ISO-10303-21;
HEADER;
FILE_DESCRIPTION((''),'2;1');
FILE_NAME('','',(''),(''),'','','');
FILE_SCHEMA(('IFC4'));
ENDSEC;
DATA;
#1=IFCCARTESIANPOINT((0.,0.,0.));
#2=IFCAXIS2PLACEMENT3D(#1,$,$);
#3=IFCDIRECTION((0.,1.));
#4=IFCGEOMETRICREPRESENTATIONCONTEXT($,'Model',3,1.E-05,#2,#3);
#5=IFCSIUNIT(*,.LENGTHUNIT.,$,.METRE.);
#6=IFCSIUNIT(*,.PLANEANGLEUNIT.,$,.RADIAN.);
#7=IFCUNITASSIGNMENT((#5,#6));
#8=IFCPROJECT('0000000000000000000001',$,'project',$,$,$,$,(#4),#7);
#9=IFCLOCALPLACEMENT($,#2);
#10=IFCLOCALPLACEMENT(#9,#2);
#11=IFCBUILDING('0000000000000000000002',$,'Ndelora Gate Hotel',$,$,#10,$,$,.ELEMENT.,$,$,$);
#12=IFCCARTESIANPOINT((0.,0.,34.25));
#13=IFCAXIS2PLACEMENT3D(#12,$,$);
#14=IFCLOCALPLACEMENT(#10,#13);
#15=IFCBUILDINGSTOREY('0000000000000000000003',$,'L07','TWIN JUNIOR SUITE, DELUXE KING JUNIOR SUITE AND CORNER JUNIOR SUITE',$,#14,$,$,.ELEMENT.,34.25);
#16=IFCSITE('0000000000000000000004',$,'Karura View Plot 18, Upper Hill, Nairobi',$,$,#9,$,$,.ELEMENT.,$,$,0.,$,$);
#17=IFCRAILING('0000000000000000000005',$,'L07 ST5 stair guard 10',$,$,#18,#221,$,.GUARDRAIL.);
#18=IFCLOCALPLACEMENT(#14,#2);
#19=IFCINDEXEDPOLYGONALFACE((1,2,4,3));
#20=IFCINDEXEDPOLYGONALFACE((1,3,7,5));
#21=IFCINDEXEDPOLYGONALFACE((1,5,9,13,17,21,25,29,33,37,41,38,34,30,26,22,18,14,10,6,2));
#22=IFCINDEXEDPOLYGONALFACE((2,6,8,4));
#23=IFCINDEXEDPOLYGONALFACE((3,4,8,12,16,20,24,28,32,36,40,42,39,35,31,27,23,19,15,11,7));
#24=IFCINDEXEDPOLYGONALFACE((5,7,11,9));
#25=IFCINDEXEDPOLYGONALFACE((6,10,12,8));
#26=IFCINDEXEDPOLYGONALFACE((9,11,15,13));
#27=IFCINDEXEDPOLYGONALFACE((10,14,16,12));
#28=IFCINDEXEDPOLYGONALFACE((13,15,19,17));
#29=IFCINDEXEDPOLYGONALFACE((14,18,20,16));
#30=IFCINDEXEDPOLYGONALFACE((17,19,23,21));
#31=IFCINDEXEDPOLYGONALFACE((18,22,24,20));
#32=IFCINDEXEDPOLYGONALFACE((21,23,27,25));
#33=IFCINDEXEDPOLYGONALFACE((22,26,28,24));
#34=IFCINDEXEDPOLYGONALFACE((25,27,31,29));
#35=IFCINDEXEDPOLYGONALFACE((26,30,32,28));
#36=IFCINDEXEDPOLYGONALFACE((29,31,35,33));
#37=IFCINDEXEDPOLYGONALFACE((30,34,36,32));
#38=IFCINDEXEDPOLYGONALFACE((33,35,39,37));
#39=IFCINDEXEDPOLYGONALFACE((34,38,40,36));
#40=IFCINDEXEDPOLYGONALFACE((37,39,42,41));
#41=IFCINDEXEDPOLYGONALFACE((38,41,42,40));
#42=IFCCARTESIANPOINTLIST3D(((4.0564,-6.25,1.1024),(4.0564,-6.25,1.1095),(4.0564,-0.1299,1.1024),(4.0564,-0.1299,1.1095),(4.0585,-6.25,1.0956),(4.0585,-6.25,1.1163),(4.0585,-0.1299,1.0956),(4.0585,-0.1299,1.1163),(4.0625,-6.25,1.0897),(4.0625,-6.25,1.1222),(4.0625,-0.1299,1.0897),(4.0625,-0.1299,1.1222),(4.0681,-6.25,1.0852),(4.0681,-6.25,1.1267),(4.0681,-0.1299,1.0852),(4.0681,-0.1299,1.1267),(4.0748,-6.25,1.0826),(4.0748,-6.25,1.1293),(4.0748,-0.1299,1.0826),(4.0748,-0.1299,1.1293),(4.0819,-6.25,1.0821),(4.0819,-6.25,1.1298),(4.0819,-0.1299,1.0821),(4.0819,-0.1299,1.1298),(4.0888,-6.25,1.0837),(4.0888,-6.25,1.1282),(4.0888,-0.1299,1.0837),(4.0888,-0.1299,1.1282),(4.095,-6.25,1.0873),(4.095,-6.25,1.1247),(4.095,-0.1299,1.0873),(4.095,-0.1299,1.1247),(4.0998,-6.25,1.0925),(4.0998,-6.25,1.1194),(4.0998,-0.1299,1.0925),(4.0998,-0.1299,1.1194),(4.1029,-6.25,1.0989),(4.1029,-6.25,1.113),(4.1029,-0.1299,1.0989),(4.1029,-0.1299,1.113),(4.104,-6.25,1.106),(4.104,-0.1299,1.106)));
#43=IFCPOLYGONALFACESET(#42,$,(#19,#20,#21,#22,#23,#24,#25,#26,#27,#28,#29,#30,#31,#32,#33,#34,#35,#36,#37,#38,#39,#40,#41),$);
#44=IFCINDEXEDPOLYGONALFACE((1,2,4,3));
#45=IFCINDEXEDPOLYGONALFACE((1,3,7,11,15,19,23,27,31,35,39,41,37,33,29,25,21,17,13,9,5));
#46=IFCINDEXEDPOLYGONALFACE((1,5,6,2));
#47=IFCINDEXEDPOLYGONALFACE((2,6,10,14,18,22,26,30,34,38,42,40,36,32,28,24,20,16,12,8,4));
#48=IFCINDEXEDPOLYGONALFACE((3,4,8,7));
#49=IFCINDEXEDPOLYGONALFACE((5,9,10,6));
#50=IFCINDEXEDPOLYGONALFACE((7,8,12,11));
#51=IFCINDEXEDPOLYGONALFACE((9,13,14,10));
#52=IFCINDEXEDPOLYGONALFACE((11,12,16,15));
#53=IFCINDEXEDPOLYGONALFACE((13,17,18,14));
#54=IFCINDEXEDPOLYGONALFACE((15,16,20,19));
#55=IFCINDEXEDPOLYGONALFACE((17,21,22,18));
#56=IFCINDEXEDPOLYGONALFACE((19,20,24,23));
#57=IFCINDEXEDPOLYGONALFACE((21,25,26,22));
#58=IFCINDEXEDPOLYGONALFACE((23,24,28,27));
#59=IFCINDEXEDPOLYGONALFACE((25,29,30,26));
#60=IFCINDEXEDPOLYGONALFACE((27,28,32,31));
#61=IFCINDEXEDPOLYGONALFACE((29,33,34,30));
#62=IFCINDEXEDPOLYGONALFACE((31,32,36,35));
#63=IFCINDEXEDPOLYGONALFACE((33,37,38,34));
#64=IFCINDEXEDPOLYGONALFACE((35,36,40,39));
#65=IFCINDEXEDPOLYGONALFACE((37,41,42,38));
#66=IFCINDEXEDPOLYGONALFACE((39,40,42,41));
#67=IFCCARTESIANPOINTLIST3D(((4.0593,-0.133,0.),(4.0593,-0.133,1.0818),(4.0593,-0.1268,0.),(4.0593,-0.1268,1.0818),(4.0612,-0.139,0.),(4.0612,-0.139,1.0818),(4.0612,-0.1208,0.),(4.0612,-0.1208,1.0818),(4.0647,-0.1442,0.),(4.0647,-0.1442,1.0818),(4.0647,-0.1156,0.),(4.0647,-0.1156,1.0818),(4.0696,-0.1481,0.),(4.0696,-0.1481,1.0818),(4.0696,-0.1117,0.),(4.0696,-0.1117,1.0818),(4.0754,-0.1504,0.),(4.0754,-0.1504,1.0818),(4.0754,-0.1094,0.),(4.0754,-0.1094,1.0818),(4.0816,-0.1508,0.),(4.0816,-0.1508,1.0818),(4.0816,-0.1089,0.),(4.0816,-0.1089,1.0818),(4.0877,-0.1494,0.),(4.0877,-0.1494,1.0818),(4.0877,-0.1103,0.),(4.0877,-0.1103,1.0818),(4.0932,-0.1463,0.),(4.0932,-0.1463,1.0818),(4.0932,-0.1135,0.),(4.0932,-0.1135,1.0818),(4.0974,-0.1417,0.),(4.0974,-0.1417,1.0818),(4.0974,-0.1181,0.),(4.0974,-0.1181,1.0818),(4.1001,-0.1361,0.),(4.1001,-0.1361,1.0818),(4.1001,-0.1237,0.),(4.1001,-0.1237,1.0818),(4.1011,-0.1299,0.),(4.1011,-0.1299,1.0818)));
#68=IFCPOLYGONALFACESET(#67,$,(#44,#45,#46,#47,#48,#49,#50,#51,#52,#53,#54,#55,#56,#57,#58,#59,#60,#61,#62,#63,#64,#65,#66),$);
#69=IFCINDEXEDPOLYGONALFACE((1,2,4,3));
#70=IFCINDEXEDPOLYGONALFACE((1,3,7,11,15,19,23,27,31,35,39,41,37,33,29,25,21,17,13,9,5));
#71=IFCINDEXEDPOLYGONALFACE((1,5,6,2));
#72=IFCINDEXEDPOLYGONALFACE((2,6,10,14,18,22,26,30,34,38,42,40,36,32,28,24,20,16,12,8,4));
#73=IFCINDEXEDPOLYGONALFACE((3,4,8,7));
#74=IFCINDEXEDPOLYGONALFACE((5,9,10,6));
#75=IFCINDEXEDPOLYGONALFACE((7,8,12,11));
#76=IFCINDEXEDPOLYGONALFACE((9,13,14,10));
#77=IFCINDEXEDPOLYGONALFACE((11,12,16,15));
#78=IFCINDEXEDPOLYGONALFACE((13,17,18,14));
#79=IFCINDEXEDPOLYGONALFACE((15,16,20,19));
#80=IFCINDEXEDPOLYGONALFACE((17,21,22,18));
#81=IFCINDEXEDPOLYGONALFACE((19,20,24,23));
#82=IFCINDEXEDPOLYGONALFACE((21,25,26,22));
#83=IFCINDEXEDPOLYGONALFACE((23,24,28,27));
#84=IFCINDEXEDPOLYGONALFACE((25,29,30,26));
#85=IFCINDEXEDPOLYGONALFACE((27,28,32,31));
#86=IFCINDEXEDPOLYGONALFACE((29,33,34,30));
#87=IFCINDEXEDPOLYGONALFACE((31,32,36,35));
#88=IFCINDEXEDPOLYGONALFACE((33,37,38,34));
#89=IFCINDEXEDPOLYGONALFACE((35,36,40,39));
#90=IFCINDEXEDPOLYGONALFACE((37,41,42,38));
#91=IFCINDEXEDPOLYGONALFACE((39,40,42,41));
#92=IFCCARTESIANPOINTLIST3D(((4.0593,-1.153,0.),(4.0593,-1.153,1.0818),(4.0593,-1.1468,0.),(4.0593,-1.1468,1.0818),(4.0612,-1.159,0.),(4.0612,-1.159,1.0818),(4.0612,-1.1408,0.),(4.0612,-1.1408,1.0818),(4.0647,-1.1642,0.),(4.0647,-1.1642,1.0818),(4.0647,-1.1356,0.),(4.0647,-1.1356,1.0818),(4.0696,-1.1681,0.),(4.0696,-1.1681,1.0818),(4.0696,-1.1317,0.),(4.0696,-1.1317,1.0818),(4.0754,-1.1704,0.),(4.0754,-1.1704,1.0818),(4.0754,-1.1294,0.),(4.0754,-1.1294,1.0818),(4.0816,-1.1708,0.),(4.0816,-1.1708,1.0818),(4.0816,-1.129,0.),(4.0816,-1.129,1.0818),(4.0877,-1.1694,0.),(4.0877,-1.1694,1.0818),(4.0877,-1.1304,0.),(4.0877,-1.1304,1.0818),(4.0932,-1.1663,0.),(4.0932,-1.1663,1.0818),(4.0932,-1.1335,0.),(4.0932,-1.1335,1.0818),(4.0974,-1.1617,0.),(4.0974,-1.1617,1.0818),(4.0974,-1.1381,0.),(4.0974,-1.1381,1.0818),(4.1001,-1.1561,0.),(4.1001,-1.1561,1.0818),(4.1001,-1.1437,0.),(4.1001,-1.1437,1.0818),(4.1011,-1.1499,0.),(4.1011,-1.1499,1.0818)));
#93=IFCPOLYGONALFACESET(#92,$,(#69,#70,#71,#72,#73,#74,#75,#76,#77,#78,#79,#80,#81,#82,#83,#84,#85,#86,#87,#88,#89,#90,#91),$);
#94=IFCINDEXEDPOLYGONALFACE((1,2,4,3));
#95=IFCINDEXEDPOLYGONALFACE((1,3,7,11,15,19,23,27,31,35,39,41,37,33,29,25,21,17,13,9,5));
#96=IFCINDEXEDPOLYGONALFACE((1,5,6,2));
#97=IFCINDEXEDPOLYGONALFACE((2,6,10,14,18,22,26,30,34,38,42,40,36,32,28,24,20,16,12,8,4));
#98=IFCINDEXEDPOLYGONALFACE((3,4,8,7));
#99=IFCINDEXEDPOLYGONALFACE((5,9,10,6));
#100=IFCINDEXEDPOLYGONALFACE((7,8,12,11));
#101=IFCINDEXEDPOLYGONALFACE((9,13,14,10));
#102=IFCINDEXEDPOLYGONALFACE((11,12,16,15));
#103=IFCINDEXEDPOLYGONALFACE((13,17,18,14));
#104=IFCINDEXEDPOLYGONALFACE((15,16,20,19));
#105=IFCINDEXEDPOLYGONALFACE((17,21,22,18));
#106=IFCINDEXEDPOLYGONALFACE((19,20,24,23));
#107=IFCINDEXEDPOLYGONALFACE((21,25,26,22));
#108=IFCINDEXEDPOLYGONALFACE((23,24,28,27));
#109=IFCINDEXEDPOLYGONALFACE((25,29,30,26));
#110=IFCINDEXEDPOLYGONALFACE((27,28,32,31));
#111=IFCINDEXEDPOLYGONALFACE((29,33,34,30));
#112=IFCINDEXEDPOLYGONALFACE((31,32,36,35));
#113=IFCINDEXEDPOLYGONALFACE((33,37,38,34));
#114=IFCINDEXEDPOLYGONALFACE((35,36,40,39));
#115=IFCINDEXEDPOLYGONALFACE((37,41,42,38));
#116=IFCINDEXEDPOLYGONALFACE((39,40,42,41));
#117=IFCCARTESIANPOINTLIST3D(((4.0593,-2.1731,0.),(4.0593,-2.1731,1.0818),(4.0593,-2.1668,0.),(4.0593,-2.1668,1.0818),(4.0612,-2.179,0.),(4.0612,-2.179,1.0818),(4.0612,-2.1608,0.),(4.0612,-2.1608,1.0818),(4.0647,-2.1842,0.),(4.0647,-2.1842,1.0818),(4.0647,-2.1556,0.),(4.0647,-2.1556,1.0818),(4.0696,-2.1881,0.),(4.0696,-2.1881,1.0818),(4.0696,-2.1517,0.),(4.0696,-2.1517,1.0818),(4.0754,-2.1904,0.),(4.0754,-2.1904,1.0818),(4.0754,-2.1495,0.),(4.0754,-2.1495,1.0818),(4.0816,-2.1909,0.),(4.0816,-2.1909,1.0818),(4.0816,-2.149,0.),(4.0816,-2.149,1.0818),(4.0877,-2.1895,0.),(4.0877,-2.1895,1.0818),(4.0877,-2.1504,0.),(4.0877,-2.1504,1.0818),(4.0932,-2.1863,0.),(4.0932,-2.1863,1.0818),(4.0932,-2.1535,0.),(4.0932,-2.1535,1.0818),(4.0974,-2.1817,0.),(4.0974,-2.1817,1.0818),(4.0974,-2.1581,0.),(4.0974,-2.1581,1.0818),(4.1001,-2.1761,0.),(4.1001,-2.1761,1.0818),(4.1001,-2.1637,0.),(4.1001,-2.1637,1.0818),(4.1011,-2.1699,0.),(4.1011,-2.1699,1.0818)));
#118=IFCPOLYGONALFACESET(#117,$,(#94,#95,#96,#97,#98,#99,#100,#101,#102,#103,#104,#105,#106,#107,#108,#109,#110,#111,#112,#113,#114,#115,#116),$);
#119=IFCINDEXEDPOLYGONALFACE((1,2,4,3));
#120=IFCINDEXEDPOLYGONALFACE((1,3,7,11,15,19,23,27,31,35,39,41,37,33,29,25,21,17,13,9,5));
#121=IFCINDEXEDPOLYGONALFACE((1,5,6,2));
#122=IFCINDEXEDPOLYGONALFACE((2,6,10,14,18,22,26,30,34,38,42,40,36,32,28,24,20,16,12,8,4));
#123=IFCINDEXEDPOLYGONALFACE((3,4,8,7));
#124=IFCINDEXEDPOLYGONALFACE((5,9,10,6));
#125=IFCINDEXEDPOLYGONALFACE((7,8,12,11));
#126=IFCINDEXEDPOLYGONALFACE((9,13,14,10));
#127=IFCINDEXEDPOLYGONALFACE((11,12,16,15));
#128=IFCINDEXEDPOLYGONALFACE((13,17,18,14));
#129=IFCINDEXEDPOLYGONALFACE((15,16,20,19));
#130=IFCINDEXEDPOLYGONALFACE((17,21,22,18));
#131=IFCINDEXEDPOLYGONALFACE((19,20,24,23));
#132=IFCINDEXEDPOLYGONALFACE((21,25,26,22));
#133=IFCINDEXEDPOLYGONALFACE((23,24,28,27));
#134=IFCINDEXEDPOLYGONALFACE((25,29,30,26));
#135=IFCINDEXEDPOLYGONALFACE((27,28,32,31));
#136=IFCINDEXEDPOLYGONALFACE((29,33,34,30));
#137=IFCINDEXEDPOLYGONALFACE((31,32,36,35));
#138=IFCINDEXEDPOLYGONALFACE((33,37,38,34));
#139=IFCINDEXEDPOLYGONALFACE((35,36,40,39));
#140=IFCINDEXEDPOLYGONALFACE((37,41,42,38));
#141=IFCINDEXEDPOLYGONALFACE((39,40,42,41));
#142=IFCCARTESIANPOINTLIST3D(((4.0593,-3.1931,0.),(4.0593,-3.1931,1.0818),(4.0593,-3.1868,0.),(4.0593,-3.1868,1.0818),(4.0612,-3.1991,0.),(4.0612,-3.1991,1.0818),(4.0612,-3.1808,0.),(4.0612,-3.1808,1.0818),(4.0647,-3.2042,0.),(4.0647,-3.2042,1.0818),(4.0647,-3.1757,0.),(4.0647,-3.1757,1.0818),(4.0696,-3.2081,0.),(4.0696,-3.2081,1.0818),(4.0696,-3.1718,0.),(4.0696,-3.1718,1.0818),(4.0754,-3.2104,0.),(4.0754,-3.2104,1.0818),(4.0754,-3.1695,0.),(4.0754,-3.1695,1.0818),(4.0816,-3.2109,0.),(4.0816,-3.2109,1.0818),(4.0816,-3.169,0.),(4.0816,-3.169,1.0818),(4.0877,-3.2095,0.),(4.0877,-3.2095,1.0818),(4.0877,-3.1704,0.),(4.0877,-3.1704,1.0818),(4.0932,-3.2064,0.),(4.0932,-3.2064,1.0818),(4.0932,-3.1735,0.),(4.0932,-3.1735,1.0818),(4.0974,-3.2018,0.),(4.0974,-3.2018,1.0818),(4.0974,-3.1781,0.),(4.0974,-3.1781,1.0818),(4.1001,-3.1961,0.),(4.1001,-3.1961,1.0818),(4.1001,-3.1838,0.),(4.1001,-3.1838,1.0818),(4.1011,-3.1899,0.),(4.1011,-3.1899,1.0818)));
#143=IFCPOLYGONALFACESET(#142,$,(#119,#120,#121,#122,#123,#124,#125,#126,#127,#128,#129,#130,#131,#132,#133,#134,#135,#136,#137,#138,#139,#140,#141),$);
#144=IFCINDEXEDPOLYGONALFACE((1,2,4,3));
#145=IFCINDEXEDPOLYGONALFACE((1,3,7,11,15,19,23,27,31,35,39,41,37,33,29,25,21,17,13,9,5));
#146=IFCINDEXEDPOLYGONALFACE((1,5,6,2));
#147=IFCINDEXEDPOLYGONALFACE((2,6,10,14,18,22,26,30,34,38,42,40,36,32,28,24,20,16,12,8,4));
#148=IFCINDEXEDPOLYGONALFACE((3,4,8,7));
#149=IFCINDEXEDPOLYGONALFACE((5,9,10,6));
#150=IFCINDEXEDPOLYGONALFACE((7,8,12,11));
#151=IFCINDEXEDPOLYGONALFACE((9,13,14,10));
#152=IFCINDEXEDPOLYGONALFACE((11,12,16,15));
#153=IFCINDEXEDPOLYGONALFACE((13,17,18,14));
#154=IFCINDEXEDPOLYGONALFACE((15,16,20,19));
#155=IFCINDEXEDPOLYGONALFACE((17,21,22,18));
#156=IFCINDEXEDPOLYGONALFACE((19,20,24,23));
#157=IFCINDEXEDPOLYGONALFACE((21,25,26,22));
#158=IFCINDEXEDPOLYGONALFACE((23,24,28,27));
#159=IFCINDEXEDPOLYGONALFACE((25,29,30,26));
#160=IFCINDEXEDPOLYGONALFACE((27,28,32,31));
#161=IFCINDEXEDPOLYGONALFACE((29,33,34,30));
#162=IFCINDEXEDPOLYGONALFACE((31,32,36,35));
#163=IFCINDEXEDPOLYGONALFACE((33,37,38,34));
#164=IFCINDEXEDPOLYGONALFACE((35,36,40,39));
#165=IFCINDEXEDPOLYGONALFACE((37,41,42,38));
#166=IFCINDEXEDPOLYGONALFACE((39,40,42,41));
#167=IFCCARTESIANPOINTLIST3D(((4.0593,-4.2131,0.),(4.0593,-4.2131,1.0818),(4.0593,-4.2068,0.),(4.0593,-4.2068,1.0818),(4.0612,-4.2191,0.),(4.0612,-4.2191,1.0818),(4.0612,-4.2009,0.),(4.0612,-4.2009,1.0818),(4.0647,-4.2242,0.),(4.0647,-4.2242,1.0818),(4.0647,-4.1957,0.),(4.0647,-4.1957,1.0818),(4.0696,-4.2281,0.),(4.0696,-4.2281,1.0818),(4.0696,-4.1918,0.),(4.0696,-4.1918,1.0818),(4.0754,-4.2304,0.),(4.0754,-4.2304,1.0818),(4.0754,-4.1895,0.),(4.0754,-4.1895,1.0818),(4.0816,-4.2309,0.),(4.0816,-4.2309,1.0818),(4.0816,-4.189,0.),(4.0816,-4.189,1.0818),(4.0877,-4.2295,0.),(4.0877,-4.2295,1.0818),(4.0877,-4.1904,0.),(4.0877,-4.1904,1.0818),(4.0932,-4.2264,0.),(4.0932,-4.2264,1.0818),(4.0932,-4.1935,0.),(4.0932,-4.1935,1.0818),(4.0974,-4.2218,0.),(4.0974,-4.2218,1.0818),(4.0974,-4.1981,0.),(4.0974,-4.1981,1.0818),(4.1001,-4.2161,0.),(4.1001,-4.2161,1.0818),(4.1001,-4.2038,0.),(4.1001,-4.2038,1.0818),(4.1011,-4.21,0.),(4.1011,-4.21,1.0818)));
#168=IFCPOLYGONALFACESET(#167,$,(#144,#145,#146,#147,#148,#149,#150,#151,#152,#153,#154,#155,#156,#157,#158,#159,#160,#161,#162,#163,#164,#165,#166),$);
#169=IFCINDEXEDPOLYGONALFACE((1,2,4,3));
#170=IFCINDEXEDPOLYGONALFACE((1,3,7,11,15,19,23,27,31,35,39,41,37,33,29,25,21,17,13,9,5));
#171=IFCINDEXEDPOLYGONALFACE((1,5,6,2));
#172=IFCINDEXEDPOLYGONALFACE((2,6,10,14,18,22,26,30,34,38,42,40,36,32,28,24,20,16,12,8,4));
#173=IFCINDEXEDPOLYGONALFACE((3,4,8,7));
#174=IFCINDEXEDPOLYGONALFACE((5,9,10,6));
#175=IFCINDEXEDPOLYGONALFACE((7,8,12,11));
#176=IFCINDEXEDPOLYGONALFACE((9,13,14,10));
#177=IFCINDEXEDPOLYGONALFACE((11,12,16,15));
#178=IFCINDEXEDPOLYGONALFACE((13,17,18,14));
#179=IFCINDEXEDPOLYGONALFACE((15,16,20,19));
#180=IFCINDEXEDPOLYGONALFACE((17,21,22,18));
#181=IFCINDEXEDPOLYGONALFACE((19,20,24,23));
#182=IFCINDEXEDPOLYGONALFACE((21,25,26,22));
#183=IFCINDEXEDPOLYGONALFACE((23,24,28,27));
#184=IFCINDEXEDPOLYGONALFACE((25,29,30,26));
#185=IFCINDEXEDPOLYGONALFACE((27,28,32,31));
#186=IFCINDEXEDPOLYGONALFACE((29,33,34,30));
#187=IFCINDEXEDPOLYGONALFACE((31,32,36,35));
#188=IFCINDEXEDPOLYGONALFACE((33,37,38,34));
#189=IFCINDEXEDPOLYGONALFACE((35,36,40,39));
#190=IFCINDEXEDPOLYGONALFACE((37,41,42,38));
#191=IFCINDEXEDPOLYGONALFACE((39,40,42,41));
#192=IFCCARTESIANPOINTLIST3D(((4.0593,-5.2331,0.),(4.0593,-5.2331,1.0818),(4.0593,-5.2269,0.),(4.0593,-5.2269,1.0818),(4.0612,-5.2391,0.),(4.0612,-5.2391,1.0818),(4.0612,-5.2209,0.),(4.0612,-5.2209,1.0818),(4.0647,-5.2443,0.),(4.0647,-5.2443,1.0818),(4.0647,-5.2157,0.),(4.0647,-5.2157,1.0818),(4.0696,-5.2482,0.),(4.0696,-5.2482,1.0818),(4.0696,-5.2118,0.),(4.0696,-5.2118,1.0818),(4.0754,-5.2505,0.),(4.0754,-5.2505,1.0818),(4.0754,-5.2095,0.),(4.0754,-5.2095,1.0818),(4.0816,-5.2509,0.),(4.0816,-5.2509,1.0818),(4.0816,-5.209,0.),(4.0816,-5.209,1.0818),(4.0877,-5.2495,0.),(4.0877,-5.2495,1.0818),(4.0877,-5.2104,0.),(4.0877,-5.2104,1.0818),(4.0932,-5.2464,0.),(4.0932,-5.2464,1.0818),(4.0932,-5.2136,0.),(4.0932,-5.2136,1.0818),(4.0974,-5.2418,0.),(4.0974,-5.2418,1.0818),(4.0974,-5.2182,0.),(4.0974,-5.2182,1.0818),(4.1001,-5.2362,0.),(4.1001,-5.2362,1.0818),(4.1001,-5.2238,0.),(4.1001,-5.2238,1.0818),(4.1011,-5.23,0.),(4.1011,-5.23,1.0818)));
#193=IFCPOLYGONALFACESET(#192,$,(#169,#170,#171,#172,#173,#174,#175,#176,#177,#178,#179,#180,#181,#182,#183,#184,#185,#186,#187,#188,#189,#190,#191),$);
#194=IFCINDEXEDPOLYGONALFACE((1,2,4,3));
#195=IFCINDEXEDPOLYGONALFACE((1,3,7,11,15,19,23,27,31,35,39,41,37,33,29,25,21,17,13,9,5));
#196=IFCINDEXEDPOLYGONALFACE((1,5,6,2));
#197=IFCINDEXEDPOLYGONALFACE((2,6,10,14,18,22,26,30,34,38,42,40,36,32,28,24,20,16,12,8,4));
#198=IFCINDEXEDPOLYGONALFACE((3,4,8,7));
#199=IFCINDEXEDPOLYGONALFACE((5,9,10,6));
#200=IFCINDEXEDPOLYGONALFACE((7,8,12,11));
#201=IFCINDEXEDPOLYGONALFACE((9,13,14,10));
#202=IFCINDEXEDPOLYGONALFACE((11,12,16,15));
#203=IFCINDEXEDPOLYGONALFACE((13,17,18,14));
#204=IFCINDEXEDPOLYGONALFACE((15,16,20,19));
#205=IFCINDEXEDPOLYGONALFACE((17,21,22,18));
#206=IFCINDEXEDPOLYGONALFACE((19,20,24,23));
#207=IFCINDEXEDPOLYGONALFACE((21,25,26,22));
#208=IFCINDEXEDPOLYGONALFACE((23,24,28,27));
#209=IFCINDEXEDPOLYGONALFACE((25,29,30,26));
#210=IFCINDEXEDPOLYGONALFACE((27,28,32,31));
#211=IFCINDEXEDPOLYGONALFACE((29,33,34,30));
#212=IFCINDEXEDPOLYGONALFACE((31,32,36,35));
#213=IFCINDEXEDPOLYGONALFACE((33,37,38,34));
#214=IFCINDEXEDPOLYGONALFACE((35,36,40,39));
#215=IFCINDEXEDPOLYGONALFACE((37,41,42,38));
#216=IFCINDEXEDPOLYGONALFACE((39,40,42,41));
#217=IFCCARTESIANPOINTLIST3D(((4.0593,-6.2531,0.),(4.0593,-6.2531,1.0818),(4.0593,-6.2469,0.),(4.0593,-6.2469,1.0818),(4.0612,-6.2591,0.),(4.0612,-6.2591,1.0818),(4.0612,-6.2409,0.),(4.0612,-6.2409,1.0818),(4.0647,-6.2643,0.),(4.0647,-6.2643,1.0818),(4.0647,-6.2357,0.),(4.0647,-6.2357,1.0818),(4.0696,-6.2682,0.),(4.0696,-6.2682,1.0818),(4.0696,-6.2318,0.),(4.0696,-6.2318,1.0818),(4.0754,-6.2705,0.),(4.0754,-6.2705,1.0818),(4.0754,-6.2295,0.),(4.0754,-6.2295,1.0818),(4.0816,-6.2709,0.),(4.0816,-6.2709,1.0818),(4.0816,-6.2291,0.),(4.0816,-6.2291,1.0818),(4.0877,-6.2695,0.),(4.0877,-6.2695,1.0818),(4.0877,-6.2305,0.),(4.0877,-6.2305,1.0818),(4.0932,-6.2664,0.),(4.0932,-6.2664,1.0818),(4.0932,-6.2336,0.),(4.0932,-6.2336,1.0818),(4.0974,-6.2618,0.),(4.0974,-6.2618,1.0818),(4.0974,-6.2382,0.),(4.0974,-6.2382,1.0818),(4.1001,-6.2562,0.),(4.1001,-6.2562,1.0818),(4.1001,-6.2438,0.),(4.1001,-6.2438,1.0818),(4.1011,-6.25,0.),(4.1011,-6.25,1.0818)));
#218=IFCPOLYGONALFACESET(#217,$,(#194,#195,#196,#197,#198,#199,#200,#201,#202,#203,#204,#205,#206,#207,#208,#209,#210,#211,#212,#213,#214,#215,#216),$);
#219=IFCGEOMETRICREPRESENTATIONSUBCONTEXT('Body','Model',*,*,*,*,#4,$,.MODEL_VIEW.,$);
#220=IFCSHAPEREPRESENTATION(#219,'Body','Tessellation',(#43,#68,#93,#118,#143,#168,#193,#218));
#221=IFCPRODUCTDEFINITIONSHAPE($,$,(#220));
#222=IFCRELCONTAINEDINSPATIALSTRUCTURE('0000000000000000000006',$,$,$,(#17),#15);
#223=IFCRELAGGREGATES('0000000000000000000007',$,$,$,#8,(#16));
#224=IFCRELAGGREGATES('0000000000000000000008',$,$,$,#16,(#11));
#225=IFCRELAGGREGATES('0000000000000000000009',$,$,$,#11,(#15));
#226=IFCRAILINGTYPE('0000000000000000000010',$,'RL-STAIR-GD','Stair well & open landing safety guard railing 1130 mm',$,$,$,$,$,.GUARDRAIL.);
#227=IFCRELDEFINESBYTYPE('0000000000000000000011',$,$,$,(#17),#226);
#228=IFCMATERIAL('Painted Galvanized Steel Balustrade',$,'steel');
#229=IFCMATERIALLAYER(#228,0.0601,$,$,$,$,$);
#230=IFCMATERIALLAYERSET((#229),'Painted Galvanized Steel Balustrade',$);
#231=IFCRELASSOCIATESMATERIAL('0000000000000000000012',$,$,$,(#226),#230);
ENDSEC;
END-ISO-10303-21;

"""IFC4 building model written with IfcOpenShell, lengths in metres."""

from ifc_helpers import new_model, si_unit, direction, frame, origin, origin_2d, place, context, subcontext, project, spatial, circle, extrude, material, layer, layer_set, type_object, element, save


model = new_model("IFC4")

# Units and contexts
model_context = context("Model", 3, precision=1e-05, world=origin(), true_north=direction((0.0, 1.0)))
body_context = subcontext(model_context, "Body", "Model", "MODEL_VIEW")
ifc_project = project(units=[si_unit("LENGTHUNIT", "METRE"), si_unit("PLANEANGLEUNIT", "RADIAN")], contexts=[model_context])

# Site, building, storey
site_placement = place(None, origin())
site = spatial("IfcSite", under=ifc_project, at=site_placement, Name="Karura View Plot 18, Upper Hill, Nairobi", CompositionType="ELEMENT", RefElevation=0.0)
building_placement = place(site_placement, origin())
building = spatial("IfcBuilding", under=site, at=building_placement, Name="Ndelora Gate Hotel", CompositionType="ELEMENT")
storey_placement = place(building_placement, frame((0.0, 0.0, 34.25)))
storey = spatial("IfcBuildingStorey", under=building, at=storey_placement, Name="L07", Description="TWIN JUNIOR SUITE, DELUXE KING JUNIOR SUITE AND CORNER JUNIOR SUITE", CompositionType="ELEMENT", Elevation=34.25)

# Railing
ifc_material_1 = material(Name="Painted Galvanized Steel Balustrade", Category="steel")
ifc_layer_1 = layer(ifc_material_1, 0.0601)
ifc_layer_set_1 = layer_set([ifc_layer_1], Name="Painted Galvanized Steel Balustrade")
railing_type_1 = type_object("IfcRailingType", Name="RL-STAIR-GD", Description="Stair well & open landing safety guard railing 1130 mm", PredefinedType="GUARDRAIL", material=ifc_layer_set_1)
railing_1_placement = place(storey_placement, frame((4.0801, -0.1299, 0.0)))
element("IfcRailing", 1, at=railing_1_placement, inside=storey, type_object=railing_type_1, Name="L07 ST5 stair guard 10", PredefinedType="GUARDRAIL", context=body_context, shape_type="SweptSolid", body=[
    extrude(circle(Radius=0.0239, at=origin_2d()), frame((0.0, 0.0, 1.106), z_axis=(0.0, -1.0, 0.0), x_axis=(1.0, 0.0, 0.0)), (0.0, 0.0, 1.0), 6.1201),
    extrude(circle(Radius=0.021, at=origin_2d()), origin(), (0.0, 0.0, 1.0), 1.0818),
    extrude(circle(Radius=0.021, at=origin_2d()), frame((0.0, -1.02, 0.0)), (0.0, 0.0, 1.0), 1.0818),
    extrude(circle(Radius=0.021, at=origin_2d()), frame((0.0, -2.04, 0.0)), (0.0, 0.0, 1.0), 1.0818),
    extrude(circle(Radius=0.021, at=origin_2d()), frame((0.0, -3.0601, 0.0)), (0.0, 0.0, 1.0), 1.0818),
    extrude(circle(Radius=0.021, at=origin_2d()), frame((0.0, -4.0801, 0.0)), (0.0, 0.0, 1.0), 1.0818),
    extrude(circle(Radius=0.021, at=origin_2d()), frame((0.0, -5.1001, 0.0)), (0.0, 0.0, 1.0), 1.0818),
    extrude(circle(Radius=0.021, at=origin_2d()), frame((0.0, -6.1201, 0.0)), (0.0, 0.0, 1.0), 1.0818),
])

save(model, "model.ifc")
